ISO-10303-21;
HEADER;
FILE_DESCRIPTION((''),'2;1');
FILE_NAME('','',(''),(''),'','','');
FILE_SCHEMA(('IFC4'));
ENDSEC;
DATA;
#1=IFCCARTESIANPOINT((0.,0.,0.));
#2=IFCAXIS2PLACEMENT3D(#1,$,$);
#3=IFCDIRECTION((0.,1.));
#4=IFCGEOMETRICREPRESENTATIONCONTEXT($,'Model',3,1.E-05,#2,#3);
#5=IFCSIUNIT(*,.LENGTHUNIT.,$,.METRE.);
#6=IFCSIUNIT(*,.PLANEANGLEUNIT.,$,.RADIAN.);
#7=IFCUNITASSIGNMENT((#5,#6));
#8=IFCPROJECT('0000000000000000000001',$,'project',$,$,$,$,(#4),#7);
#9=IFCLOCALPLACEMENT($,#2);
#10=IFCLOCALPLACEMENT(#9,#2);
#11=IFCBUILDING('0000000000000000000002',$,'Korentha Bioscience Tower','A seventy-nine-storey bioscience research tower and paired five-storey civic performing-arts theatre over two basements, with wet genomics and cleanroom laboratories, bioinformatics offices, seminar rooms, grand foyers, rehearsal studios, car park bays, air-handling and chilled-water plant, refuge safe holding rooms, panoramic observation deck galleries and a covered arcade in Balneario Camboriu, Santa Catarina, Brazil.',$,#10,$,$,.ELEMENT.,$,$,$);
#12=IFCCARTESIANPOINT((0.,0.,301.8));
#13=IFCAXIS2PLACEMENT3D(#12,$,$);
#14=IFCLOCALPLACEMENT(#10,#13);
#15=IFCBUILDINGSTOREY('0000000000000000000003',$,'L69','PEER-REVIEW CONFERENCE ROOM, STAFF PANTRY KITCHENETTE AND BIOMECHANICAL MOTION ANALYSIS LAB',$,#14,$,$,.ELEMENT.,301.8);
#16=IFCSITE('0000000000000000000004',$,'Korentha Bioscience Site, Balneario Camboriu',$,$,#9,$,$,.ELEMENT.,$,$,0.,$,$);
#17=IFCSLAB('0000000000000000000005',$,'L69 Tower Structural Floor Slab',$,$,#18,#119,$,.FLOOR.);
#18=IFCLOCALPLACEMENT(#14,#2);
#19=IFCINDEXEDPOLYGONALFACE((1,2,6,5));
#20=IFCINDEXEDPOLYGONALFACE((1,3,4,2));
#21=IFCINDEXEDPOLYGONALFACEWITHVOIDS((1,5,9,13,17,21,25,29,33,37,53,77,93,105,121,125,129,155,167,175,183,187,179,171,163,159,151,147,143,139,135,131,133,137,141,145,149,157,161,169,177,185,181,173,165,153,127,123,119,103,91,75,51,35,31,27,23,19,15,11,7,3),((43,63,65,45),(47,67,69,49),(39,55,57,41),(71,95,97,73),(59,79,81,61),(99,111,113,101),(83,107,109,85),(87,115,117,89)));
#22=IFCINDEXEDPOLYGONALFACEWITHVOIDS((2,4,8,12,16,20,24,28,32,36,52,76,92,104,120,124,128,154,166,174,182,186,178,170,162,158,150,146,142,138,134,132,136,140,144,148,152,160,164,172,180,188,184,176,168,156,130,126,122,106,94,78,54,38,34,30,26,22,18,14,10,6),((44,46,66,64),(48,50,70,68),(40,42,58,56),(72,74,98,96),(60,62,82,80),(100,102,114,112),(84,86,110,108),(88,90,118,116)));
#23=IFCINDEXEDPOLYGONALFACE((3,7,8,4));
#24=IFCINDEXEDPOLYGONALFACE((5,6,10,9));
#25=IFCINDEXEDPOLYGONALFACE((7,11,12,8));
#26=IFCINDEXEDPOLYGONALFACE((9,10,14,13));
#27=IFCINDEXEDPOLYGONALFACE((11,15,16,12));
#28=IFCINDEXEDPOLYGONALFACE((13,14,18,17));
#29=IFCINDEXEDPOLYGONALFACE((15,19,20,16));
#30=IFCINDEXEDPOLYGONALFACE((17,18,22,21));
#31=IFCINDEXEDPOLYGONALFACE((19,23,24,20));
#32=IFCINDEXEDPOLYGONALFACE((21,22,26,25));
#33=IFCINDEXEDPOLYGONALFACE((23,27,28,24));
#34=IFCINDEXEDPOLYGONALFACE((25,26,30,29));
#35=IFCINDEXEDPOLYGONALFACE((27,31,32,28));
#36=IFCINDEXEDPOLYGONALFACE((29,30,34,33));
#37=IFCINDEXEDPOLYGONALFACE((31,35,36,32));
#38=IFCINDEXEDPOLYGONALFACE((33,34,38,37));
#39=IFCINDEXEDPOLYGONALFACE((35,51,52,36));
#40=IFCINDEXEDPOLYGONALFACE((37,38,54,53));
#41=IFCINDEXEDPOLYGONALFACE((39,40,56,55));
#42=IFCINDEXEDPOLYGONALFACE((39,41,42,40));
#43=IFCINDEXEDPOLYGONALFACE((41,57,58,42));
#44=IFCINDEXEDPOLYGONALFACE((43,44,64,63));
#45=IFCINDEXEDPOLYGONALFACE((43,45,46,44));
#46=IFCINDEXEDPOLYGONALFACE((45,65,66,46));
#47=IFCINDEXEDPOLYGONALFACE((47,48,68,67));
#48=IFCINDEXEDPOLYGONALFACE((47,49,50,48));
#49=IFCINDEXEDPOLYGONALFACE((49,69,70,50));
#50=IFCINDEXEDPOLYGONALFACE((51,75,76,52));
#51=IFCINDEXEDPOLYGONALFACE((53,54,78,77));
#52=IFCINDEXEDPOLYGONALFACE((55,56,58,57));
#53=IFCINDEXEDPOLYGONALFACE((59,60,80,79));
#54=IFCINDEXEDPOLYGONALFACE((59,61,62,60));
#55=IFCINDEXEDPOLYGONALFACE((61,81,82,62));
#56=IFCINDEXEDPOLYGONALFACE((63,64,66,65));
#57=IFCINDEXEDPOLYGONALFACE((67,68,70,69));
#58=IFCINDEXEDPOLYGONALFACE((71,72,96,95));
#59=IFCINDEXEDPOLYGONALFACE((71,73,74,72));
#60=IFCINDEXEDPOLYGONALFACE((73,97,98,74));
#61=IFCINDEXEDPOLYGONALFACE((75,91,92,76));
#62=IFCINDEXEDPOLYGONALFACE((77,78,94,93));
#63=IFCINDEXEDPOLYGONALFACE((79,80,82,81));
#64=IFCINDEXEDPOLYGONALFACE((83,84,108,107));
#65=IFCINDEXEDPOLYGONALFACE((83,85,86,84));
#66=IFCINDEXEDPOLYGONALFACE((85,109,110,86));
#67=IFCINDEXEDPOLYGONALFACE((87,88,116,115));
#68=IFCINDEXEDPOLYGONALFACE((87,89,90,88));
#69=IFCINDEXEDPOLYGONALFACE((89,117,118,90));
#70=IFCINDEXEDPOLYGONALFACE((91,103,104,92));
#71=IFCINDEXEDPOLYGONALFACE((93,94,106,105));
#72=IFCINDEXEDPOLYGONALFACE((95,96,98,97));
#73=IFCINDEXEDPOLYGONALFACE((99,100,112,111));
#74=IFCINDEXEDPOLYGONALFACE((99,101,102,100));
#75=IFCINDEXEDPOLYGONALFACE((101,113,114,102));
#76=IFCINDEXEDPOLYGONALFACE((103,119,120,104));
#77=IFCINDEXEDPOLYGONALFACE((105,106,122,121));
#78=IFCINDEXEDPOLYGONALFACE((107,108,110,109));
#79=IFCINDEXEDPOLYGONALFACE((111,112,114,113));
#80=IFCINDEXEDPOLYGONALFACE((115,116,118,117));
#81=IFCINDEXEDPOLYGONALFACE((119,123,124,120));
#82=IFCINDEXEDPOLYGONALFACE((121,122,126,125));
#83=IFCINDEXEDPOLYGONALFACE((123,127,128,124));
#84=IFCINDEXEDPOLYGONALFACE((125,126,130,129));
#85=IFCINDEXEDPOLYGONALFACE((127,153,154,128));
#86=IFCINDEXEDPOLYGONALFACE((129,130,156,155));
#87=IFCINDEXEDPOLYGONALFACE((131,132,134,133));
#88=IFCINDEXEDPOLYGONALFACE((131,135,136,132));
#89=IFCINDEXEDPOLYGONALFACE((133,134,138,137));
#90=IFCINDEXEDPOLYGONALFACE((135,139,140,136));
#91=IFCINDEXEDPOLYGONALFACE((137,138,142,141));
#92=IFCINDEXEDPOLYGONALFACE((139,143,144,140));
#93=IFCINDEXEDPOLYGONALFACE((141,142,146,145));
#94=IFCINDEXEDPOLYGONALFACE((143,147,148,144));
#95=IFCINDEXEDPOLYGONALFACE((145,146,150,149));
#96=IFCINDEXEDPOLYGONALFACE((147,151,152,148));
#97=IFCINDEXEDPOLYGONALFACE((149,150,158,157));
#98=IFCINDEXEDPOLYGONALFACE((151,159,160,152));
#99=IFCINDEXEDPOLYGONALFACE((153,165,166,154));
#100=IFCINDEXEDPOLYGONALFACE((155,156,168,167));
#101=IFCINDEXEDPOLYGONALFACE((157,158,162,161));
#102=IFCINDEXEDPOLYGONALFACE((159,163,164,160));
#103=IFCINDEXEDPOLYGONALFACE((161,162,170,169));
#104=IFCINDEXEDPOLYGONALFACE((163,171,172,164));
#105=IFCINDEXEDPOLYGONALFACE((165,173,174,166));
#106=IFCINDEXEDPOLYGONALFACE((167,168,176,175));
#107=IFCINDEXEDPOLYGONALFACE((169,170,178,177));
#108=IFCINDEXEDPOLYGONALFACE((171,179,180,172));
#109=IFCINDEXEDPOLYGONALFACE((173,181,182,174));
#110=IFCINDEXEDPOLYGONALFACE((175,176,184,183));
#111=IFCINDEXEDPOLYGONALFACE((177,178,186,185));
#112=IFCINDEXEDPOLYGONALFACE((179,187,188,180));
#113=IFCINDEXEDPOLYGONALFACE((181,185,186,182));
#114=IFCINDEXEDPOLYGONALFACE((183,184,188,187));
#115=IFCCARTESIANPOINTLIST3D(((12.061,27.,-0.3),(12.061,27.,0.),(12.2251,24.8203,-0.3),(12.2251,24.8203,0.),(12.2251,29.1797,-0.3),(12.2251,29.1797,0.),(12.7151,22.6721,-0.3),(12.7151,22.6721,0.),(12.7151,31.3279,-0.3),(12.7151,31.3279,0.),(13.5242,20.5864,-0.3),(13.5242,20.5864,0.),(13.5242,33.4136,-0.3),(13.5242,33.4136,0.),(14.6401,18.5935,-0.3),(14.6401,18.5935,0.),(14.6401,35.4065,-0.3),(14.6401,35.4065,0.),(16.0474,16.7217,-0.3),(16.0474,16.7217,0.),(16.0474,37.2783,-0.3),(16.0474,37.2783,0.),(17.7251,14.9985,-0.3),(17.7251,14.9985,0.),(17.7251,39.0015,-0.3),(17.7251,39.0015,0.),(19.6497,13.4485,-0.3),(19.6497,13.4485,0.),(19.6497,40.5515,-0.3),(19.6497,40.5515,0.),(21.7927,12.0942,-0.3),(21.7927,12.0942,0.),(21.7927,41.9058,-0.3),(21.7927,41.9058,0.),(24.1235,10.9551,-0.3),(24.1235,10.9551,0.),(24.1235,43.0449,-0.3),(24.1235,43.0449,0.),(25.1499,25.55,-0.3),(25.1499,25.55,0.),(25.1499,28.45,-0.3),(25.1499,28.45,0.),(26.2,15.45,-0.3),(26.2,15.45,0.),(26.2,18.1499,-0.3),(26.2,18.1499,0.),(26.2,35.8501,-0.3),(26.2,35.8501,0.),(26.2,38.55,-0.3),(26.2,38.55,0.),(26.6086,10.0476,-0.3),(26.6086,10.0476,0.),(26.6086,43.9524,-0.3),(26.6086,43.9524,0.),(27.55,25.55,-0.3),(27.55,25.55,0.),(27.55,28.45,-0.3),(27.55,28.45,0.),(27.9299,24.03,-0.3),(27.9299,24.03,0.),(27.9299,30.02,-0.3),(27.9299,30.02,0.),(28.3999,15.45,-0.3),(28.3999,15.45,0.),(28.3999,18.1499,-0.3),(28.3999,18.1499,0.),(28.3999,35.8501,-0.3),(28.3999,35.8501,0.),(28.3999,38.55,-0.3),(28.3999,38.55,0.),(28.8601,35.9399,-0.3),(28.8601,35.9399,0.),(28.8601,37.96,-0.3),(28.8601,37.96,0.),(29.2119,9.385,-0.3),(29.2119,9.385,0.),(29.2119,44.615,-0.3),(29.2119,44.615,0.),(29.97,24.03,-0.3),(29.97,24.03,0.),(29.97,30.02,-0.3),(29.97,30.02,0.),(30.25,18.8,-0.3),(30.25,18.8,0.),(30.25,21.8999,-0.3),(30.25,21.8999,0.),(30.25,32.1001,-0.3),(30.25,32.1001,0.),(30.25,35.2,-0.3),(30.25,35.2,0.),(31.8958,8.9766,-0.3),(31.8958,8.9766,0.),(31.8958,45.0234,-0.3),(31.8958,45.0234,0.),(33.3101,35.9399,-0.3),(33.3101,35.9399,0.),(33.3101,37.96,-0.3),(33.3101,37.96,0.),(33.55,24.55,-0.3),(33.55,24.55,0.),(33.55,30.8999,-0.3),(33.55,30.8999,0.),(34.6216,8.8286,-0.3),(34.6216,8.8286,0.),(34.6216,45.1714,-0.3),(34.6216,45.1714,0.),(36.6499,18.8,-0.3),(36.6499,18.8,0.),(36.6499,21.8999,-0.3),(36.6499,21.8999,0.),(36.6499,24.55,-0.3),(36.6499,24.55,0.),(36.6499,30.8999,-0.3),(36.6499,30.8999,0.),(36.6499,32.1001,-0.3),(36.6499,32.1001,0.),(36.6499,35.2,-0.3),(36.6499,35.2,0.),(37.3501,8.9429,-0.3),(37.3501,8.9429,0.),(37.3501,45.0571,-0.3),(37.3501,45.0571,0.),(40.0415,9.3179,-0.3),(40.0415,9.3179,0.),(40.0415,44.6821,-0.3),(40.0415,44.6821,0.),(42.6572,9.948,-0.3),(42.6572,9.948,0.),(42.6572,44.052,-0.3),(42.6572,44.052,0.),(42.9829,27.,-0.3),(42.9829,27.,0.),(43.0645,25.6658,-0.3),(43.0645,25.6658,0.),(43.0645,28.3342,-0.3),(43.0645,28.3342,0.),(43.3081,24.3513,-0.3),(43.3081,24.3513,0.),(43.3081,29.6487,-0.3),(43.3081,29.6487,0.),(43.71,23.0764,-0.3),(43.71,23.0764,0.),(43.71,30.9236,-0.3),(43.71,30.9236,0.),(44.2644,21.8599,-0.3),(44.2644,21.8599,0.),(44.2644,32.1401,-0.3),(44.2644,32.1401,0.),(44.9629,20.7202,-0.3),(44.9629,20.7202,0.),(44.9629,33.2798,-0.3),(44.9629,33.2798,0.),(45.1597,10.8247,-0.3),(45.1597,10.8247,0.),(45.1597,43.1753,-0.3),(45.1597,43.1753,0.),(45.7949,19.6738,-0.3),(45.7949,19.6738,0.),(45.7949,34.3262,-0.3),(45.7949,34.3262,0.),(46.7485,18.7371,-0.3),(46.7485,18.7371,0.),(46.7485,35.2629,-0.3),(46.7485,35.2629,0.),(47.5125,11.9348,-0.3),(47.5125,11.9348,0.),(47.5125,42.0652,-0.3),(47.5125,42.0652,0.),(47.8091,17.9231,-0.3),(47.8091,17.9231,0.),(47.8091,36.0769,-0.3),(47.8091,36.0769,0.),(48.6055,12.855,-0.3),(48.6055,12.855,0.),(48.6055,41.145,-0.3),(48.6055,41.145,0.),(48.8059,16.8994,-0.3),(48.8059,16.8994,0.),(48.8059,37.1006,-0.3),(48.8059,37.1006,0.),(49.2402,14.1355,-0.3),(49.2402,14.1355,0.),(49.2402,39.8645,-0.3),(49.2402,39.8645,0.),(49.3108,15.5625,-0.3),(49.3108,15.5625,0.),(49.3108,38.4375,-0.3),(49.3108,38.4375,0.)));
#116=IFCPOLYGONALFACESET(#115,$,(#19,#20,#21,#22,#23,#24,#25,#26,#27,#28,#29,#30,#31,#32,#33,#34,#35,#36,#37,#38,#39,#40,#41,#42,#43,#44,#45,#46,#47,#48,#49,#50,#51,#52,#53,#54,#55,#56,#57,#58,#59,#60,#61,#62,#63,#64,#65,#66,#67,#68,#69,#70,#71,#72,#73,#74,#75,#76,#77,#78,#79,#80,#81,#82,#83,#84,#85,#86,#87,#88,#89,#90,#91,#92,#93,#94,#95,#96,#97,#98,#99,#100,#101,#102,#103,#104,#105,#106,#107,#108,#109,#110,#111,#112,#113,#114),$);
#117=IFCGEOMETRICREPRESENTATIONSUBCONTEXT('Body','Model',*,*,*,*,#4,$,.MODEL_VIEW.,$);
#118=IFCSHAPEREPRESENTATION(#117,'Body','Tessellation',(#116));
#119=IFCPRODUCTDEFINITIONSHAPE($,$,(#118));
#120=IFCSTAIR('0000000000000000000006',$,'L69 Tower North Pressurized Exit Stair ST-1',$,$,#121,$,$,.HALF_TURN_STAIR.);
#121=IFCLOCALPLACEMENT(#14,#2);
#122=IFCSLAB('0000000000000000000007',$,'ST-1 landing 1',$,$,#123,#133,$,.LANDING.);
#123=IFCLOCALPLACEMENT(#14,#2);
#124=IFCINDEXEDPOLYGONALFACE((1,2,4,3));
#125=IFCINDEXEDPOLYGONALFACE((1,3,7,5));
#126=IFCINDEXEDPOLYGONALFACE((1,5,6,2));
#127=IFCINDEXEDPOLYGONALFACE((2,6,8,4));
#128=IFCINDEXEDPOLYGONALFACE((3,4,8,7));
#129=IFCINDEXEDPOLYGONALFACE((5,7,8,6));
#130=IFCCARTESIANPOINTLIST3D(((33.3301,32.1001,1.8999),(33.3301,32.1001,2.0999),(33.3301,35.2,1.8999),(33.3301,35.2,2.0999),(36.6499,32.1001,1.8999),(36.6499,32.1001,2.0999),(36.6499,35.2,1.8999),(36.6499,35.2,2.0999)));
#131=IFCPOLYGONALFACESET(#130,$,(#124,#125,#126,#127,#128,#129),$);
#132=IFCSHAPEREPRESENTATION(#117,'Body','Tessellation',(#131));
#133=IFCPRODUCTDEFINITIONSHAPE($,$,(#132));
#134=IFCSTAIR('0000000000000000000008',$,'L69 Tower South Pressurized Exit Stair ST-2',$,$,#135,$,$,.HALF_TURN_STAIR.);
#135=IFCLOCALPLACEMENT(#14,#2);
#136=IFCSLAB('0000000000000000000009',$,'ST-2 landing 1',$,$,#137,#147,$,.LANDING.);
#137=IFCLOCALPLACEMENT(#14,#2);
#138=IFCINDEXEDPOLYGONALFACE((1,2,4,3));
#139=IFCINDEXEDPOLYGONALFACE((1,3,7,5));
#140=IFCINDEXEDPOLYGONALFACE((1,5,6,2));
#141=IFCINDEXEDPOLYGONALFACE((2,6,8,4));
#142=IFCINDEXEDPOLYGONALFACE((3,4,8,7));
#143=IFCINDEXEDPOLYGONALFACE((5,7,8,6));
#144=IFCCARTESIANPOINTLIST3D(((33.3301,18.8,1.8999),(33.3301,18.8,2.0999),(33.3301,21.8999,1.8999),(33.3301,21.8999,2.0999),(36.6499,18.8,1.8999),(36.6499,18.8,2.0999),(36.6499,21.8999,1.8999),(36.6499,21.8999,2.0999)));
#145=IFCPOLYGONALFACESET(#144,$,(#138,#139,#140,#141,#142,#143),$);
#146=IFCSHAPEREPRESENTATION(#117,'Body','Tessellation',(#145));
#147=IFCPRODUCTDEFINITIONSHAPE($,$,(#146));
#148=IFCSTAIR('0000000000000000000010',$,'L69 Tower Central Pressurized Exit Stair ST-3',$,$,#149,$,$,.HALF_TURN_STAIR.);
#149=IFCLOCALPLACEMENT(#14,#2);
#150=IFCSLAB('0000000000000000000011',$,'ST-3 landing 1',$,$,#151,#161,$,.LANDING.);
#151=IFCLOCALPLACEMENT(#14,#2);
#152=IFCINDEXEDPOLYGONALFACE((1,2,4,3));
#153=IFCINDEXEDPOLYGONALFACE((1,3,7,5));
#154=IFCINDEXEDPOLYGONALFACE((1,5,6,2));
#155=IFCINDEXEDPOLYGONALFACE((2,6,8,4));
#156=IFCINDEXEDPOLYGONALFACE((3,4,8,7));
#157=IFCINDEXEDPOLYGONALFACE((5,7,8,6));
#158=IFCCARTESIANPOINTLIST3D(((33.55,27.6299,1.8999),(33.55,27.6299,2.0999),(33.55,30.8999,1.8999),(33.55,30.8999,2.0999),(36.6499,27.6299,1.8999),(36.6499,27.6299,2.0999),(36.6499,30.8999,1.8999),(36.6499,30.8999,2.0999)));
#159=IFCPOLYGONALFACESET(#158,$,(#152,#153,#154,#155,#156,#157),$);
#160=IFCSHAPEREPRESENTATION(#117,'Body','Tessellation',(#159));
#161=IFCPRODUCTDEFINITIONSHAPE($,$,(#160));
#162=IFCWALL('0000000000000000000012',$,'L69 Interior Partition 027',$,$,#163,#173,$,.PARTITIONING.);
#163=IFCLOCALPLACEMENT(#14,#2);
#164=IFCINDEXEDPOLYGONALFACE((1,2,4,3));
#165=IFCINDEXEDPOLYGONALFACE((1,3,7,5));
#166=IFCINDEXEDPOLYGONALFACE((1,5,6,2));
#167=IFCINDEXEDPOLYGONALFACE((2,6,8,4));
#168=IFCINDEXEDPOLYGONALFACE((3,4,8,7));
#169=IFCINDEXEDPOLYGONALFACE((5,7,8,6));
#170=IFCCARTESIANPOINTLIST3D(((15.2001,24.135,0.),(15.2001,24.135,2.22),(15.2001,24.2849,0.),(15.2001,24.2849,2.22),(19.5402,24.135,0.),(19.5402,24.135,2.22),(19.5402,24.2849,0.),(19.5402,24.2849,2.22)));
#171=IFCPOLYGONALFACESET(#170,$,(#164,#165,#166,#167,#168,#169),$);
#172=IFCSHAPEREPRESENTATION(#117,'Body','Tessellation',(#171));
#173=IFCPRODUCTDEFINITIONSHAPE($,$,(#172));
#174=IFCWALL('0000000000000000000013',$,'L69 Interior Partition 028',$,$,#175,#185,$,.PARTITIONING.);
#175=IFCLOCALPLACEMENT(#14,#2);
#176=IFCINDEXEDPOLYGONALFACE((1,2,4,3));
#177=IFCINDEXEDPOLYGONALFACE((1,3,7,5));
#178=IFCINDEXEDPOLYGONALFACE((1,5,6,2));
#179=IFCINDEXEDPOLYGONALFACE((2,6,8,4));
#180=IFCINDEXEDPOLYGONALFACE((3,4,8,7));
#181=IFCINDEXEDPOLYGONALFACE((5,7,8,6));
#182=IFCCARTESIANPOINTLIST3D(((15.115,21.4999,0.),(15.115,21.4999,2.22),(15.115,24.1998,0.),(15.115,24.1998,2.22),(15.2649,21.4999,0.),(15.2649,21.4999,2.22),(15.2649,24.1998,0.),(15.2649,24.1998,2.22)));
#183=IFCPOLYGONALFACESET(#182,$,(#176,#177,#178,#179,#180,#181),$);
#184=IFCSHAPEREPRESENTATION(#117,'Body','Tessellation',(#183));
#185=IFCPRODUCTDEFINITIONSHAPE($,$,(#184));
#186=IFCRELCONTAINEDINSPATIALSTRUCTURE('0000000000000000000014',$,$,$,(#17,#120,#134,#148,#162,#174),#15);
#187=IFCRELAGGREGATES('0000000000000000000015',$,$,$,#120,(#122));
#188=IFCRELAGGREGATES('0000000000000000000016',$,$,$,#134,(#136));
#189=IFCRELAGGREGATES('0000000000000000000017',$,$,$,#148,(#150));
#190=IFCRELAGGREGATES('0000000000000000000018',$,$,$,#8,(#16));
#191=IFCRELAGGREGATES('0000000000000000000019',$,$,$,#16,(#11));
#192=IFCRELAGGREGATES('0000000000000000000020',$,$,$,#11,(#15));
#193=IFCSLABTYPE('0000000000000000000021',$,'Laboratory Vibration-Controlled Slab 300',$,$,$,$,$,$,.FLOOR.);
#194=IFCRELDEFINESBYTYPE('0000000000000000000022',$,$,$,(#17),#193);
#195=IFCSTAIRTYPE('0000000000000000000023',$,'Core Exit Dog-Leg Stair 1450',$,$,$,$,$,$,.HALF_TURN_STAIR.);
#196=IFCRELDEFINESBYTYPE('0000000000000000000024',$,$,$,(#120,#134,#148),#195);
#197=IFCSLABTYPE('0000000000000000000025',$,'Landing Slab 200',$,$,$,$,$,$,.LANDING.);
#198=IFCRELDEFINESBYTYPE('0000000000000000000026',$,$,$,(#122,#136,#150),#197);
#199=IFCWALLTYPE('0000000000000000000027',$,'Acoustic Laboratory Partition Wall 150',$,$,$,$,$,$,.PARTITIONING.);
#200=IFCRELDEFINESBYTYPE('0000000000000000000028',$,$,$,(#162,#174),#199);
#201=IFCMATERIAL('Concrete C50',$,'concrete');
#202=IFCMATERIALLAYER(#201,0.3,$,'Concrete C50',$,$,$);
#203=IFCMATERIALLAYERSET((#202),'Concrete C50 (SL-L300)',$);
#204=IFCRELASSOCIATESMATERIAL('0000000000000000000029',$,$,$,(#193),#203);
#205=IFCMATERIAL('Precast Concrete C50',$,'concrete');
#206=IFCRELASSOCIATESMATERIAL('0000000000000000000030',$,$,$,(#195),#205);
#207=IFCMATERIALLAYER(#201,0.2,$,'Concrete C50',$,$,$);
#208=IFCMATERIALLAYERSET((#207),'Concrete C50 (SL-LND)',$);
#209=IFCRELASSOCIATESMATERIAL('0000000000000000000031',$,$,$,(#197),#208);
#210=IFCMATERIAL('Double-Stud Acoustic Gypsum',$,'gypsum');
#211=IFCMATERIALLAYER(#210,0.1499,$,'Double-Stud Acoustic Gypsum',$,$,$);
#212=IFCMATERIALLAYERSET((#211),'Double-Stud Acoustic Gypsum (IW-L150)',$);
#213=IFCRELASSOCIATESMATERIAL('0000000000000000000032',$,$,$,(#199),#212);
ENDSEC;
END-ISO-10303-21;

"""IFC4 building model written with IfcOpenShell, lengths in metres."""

from ifc_helpers import new_model, si_unit, direction, frame, frame_2d, origin, place, context, subcontext, project, spatial, polyline, rectangle, outline, extrude, material, layer, layer_set, type_object, element, aggregate, save


model = new_model("IFC4")

# Units and contexts
model_context = context("Model", 3, precision=1e-05, world=origin(), true_north=direction((0.0, 1.0)))
body_context = subcontext(model_context, "Body", "Model", "MODEL_VIEW")
ifc_project = project(units=[si_unit("LENGTHUNIT", "METRE"), si_unit("PLANEANGLEUNIT", "RADIAN")], contexts=[model_context])

# Site, building, storey
site_placement = place(None, origin())
site = spatial("IfcSite", under=ifc_project, at=site_placement, Name="Korentha Bioscience Site, Balneario Camboriu", CompositionType="ELEMENT", RefElevation=0.0)
building_placement = place(site_placement, origin())
building = spatial("IfcBuilding", under=site, at=building_placement, Name="Korentha Bioscience Tower", Description="A seventy-nine-storey bioscience research tower and paired five-storey civic performing-arts theatre over two basements, with wet genomics and cleanroom laboratories, bioinformatics offices, seminar rooms, grand foyers, rehearsal studios, car park bays, air-handling and chilled-water plant, refuge safe holding rooms, panoramic observation deck galleries and a covered arcade in Balneario Camboriu, Santa Catarina, Brazil.", CompositionType="ELEMENT")
storey_placement = place(building_placement, frame((0.0, 0.0, 301.8)))
storey = spatial("IfcBuildingStorey", under=building, at=storey_placement, Name="L69", Description="PEER-REVIEW CONFERENCE ROOM, STAFF PANTRY KITCHENETTE AND BIOMECHANICAL MOTION ANALYSIS LAB", CompositionType="ELEMENT", Elevation=301.8)

# Shared definitions
ifc_material_1 = material(Name="Concrete C50", Category="concrete")

# Slab
ifc_layer_1 = layer(ifc_material_1, 0.3, Name="Concrete C50")
ifc_layer_set_1 = layer_set([ifc_layer_1], Name="Concrete C50 (SL-L300)")
slab_type_1 = type_object("IfcSlabType", Name="Laboratory Vibration-Controlled Slab 300", PredefinedType="FLOOR", material=ifc_layer_set_1)
slab_1_placement = place(storey_placement, frame((0.0, 0.0, -0.3)))
element("IfcSlab", 1, at=slab_1_placement, inside=storey, type_object=slab_type_1, Name="L69 Tower Structural Floor Slab", PredefinedType="FLOOR", context=body_context, shape_type="SweptSolid", body=[
    extrude(outline(polyline([(47.5125, 42.0652), (45.1597, 43.1753), (42.6572, 44.052), (40.0415, 44.6821), (37.3501, 45.0571), (34.6216, 45.1714), (31.8958, 45.0234), (29.2119, 44.615), (26.6086, 43.9524), (24.1235, 43.0449), (21.7927, 41.9058), (19.6497, 40.5515), (17.7251, 39.0015), (16.0474, 37.2783), (14.6401, 35.4065), (13.5242, 33.4136), (12.7151, 31.3279), (12.2251, 29.1797), (12.061, 27.0), (12.2251, 24.8203), (12.7151, 22.6721), (13.5242, 20.5864), (14.6401, 18.5935), (16.0474, 16.7217), (17.7251, 14.9985), (19.6497, 13.4485), (21.7927, 12.0942), (24.1235, 10.9551), (26.6086, 10.0476), (29.2119, 9.385), (31.8958, 8.9766), (34.6216, 8.8286), (37.3501, 8.9429), (40.0415, 9.3179), (42.6572, 9.948), (45.1597, 10.8247), (47.5125, 11.9348), (48.6055, 12.855), (49.2402, 14.1355), (49.3108, 15.5625), (48.8059, 16.8994), (47.8091, 17.9231), (46.7485, 18.7371), (45.7949, 19.6738), (44.9629, 20.7202), (44.2644, 21.8599), (43.71, 23.0764), (43.3081, 24.3513), (43.0645, 25.6658), (42.9829, 27.0), (43.0645, 28.3342), (43.3081, 29.6487), (43.71, 30.9236), (44.2644, 32.1401), (44.9629, 33.2798), (45.7949, 34.3262), (46.7485, 35.2629), (47.8091, 36.0769), (48.8059, 37.1006), (49.3108, 38.4375), (49.2402, 39.8645), (48.6055, 41.145), (47.5125, 42.0652)]), holes=[polyline([(30.25, 32.1001), (36.6499, 32.1001), (36.6499, 35.2), (30.25, 35.2), (30.25, 32.1001)]), polyline([(30.25, 18.8), (36.6499, 18.8), (36.6499, 21.8999), (30.25, 21.8999), (30.25, 18.8)]), polyline([(36.6499, 24.55), (36.6499, 30.8999), (33.55, 30.8999), (33.55, 24.55), (36.6499, 24.55)]), polyline([(27.9299, 24.03), (29.97, 24.03), (29.97, 30.02), (27.9299, 30.02), (27.9299, 24.03)]), polyline([(28.8601, 35.9399), (33.3101, 35.9399), (33.3101, 37.96), (28.8601, 37.96), (28.8601, 35.9399)]), polyline([(26.2, 15.45), (28.3999, 15.45), (28.3999, 18.1499), (26.2, 18.1499), (26.2, 15.45)]), polyline([(26.2, 35.8501), (28.3999, 35.8501), (28.3999, 38.55), (26.2, 38.55), (26.2, 35.8501)]), polyline([(25.1499, 25.55), (27.55, 25.55), (27.55, 28.45), (25.1499, 28.45), (25.1499, 25.55)])]), origin(), (0.0, 0.0, 1.0), 0.3),
])

# Stairs, slabs
ifc_material_2 = material(Name="Precast Concrete C50", Category="concrete")
stair_type = type_object("IfcStairType", Name="Core Exit Dog-Leg Stair 1450", PredefinedType="HALF_TURN_STAIR", material=ifc_material_2)
stair_1_placement = place(storey_placement, origin())
stair_1 = element("IfcStair", 2, at=stair_1_placement, inside=storey, type_object=stair_type, Name="L69 Tower North Pressurized Exit Stair ST-1", PredefinedType="HALF_TURN_STAIR")
ifc_layer_2 = layer(ifc_material_1, 0.2, Name="Concrete C50")
ifc_layer_set_2 = layer_set([ifc_layer_2], Name="Concrete C50 (SL-LND)")
slab_type_2 = type_object("IfcSlabType", Name="Landing Slab 200", PredefinedType="LANDING", material=ifc_layer_set_2)
slab_2_placement = place(storey_placement, frame((0.0, 0.0, 1.8999)))
slab_2 = element("IfcSlab", 3, at=slab_2_placement, type_object=slab_type_2, Name="ST-1 landing 1", PredefinedType="LANDING", context=body_context, shape_type="SweptSolid", body=[
    extrude(outline(polyline([(33.3301, 32.1001), (36.6499, 32.1001), (36.6499, 35.2), (33.3301, 35.2), (33.3301, 32.1001)])), origin(), (0.0, 0.0, 1.0), 0.2),
])
aggregate(stair_1, [slab_2])
stair_2_placement = place(storey_placement, origin())
stair_2 = element("IfcStair", 4, at=stair_2_placement, inside=storey, type_object=stair_type, Name="L69 Tower South Pressurized Exit Stair ST-2", PredefinedType="HALF_TURN_STAIR")
slab_3_placement = place(storey_placement, frame((0.0, 0.0, 1.8999)))
slab_3 = element("IfcSlab", 5, at=slab_3_placement, type_object=slab_type_2, Name="ST-2 landing 1", PredefinedType="LANDING", context=body_context, shape_type="SweptSolid", body=[
    extrude(outline(polyline([(33.3301, 18.8), (36.6499, 18.8), (36.6499, 21.8999), (33.3301, 21.8999), (33.3301, 18.8)])), origin(), (0.0, 0.0, 1.0), 0.2),
])
aggregate(stair_2, [slab_3])
stair_3_placement = place(storey_placement, origin())
stair_3 = element("IfcStair", 6, at=stair_3_placement, inside=storey, type_object=stair_type, Name="L69 Tower Central Pressurized Exit Stair ST-3", PredefinedType="HALF_TURN_STAIR")
slab_4_placement = place(storey_placement, frame((0.0, 0.0, 1.8999)))
slab_4 = element("IfcSlab", 7, at=slab_4_placement, type_object=slab_type_2, Name="ST-3 landing 1", PredefinedType="LANDING", context=body_context, shape_type="SweptSolid", body=[
    extrude(outline(polyline([(36.6499, 27.6299), (36.6499, 30.8999), (33.55, 30.8999), (33.55, 27.6299), (36.6499, 27.6299)])), origin(), (0.0, 0.0, 1.0), 0.2),
])
aggregate(stair_3, [slab_4])

# Walls
ifc_material_3 = material(Name="Double-Stud Acoustic Gypsum", Category="gypsum")
ifc_layer_3 = layer(ifc_material_3, 0.1499, Name="Double-Stud Acoustic Gypsum")
ifc_layer_set_3 = layer_set([ifc_layer_3], Name="Double-Stud Acoustic Gypsum (IW-L150)")
wall_type_1 = type_object("IfcWallType", Name="Acoustic Laboratory Partition Wall 150", PredefinedType="PARTITIONING", material=ifc_layer_set_3)
wall_1_placement = place(storey_placement, frame((19.54, 24.21, 0.0), z_axis=(0.0, 0.0, 1.0), x_axis=(-1.0, 0.0, 0.0)))
element("IfcWall", 8, at=wall_1_placement, inside=storey, type_object=wall_type_1, Name="L69 Interior Partition 027", PredefinedType="PARTITIONING", context=body_context, shape_type="SweptSolid", body=[
    extrude(rectangle(XDim=4.3401, YDim=0.1499, at=frame_2d((2.1699, 0.0))), origin(), (0.0, 0.0, 1.0), 2.22),
])
wall_2_placement = place(storey_placement, frame((15.1899, 24.2, 0.0), z_axis=(0.0, 0.0, 1.0), x_axis=(0.0, -1.0, 0.0)))
element("IfcWall", 9, at=wall_2_placement, inside=storey, type_object=wall_type_1, Name="L69 Interior Partition 028", PredefinedType="PARTITIONING", context=body_context, shape_type="SweptSolid", body=[
    extrude(rectangle(XDim=2.7, YDim=0.1499, at=frame_2d((1.3501, 0.0))), origin(), (0.0, 0.0, 1.0), 2.22),
])

save(model, "model.ifc")
